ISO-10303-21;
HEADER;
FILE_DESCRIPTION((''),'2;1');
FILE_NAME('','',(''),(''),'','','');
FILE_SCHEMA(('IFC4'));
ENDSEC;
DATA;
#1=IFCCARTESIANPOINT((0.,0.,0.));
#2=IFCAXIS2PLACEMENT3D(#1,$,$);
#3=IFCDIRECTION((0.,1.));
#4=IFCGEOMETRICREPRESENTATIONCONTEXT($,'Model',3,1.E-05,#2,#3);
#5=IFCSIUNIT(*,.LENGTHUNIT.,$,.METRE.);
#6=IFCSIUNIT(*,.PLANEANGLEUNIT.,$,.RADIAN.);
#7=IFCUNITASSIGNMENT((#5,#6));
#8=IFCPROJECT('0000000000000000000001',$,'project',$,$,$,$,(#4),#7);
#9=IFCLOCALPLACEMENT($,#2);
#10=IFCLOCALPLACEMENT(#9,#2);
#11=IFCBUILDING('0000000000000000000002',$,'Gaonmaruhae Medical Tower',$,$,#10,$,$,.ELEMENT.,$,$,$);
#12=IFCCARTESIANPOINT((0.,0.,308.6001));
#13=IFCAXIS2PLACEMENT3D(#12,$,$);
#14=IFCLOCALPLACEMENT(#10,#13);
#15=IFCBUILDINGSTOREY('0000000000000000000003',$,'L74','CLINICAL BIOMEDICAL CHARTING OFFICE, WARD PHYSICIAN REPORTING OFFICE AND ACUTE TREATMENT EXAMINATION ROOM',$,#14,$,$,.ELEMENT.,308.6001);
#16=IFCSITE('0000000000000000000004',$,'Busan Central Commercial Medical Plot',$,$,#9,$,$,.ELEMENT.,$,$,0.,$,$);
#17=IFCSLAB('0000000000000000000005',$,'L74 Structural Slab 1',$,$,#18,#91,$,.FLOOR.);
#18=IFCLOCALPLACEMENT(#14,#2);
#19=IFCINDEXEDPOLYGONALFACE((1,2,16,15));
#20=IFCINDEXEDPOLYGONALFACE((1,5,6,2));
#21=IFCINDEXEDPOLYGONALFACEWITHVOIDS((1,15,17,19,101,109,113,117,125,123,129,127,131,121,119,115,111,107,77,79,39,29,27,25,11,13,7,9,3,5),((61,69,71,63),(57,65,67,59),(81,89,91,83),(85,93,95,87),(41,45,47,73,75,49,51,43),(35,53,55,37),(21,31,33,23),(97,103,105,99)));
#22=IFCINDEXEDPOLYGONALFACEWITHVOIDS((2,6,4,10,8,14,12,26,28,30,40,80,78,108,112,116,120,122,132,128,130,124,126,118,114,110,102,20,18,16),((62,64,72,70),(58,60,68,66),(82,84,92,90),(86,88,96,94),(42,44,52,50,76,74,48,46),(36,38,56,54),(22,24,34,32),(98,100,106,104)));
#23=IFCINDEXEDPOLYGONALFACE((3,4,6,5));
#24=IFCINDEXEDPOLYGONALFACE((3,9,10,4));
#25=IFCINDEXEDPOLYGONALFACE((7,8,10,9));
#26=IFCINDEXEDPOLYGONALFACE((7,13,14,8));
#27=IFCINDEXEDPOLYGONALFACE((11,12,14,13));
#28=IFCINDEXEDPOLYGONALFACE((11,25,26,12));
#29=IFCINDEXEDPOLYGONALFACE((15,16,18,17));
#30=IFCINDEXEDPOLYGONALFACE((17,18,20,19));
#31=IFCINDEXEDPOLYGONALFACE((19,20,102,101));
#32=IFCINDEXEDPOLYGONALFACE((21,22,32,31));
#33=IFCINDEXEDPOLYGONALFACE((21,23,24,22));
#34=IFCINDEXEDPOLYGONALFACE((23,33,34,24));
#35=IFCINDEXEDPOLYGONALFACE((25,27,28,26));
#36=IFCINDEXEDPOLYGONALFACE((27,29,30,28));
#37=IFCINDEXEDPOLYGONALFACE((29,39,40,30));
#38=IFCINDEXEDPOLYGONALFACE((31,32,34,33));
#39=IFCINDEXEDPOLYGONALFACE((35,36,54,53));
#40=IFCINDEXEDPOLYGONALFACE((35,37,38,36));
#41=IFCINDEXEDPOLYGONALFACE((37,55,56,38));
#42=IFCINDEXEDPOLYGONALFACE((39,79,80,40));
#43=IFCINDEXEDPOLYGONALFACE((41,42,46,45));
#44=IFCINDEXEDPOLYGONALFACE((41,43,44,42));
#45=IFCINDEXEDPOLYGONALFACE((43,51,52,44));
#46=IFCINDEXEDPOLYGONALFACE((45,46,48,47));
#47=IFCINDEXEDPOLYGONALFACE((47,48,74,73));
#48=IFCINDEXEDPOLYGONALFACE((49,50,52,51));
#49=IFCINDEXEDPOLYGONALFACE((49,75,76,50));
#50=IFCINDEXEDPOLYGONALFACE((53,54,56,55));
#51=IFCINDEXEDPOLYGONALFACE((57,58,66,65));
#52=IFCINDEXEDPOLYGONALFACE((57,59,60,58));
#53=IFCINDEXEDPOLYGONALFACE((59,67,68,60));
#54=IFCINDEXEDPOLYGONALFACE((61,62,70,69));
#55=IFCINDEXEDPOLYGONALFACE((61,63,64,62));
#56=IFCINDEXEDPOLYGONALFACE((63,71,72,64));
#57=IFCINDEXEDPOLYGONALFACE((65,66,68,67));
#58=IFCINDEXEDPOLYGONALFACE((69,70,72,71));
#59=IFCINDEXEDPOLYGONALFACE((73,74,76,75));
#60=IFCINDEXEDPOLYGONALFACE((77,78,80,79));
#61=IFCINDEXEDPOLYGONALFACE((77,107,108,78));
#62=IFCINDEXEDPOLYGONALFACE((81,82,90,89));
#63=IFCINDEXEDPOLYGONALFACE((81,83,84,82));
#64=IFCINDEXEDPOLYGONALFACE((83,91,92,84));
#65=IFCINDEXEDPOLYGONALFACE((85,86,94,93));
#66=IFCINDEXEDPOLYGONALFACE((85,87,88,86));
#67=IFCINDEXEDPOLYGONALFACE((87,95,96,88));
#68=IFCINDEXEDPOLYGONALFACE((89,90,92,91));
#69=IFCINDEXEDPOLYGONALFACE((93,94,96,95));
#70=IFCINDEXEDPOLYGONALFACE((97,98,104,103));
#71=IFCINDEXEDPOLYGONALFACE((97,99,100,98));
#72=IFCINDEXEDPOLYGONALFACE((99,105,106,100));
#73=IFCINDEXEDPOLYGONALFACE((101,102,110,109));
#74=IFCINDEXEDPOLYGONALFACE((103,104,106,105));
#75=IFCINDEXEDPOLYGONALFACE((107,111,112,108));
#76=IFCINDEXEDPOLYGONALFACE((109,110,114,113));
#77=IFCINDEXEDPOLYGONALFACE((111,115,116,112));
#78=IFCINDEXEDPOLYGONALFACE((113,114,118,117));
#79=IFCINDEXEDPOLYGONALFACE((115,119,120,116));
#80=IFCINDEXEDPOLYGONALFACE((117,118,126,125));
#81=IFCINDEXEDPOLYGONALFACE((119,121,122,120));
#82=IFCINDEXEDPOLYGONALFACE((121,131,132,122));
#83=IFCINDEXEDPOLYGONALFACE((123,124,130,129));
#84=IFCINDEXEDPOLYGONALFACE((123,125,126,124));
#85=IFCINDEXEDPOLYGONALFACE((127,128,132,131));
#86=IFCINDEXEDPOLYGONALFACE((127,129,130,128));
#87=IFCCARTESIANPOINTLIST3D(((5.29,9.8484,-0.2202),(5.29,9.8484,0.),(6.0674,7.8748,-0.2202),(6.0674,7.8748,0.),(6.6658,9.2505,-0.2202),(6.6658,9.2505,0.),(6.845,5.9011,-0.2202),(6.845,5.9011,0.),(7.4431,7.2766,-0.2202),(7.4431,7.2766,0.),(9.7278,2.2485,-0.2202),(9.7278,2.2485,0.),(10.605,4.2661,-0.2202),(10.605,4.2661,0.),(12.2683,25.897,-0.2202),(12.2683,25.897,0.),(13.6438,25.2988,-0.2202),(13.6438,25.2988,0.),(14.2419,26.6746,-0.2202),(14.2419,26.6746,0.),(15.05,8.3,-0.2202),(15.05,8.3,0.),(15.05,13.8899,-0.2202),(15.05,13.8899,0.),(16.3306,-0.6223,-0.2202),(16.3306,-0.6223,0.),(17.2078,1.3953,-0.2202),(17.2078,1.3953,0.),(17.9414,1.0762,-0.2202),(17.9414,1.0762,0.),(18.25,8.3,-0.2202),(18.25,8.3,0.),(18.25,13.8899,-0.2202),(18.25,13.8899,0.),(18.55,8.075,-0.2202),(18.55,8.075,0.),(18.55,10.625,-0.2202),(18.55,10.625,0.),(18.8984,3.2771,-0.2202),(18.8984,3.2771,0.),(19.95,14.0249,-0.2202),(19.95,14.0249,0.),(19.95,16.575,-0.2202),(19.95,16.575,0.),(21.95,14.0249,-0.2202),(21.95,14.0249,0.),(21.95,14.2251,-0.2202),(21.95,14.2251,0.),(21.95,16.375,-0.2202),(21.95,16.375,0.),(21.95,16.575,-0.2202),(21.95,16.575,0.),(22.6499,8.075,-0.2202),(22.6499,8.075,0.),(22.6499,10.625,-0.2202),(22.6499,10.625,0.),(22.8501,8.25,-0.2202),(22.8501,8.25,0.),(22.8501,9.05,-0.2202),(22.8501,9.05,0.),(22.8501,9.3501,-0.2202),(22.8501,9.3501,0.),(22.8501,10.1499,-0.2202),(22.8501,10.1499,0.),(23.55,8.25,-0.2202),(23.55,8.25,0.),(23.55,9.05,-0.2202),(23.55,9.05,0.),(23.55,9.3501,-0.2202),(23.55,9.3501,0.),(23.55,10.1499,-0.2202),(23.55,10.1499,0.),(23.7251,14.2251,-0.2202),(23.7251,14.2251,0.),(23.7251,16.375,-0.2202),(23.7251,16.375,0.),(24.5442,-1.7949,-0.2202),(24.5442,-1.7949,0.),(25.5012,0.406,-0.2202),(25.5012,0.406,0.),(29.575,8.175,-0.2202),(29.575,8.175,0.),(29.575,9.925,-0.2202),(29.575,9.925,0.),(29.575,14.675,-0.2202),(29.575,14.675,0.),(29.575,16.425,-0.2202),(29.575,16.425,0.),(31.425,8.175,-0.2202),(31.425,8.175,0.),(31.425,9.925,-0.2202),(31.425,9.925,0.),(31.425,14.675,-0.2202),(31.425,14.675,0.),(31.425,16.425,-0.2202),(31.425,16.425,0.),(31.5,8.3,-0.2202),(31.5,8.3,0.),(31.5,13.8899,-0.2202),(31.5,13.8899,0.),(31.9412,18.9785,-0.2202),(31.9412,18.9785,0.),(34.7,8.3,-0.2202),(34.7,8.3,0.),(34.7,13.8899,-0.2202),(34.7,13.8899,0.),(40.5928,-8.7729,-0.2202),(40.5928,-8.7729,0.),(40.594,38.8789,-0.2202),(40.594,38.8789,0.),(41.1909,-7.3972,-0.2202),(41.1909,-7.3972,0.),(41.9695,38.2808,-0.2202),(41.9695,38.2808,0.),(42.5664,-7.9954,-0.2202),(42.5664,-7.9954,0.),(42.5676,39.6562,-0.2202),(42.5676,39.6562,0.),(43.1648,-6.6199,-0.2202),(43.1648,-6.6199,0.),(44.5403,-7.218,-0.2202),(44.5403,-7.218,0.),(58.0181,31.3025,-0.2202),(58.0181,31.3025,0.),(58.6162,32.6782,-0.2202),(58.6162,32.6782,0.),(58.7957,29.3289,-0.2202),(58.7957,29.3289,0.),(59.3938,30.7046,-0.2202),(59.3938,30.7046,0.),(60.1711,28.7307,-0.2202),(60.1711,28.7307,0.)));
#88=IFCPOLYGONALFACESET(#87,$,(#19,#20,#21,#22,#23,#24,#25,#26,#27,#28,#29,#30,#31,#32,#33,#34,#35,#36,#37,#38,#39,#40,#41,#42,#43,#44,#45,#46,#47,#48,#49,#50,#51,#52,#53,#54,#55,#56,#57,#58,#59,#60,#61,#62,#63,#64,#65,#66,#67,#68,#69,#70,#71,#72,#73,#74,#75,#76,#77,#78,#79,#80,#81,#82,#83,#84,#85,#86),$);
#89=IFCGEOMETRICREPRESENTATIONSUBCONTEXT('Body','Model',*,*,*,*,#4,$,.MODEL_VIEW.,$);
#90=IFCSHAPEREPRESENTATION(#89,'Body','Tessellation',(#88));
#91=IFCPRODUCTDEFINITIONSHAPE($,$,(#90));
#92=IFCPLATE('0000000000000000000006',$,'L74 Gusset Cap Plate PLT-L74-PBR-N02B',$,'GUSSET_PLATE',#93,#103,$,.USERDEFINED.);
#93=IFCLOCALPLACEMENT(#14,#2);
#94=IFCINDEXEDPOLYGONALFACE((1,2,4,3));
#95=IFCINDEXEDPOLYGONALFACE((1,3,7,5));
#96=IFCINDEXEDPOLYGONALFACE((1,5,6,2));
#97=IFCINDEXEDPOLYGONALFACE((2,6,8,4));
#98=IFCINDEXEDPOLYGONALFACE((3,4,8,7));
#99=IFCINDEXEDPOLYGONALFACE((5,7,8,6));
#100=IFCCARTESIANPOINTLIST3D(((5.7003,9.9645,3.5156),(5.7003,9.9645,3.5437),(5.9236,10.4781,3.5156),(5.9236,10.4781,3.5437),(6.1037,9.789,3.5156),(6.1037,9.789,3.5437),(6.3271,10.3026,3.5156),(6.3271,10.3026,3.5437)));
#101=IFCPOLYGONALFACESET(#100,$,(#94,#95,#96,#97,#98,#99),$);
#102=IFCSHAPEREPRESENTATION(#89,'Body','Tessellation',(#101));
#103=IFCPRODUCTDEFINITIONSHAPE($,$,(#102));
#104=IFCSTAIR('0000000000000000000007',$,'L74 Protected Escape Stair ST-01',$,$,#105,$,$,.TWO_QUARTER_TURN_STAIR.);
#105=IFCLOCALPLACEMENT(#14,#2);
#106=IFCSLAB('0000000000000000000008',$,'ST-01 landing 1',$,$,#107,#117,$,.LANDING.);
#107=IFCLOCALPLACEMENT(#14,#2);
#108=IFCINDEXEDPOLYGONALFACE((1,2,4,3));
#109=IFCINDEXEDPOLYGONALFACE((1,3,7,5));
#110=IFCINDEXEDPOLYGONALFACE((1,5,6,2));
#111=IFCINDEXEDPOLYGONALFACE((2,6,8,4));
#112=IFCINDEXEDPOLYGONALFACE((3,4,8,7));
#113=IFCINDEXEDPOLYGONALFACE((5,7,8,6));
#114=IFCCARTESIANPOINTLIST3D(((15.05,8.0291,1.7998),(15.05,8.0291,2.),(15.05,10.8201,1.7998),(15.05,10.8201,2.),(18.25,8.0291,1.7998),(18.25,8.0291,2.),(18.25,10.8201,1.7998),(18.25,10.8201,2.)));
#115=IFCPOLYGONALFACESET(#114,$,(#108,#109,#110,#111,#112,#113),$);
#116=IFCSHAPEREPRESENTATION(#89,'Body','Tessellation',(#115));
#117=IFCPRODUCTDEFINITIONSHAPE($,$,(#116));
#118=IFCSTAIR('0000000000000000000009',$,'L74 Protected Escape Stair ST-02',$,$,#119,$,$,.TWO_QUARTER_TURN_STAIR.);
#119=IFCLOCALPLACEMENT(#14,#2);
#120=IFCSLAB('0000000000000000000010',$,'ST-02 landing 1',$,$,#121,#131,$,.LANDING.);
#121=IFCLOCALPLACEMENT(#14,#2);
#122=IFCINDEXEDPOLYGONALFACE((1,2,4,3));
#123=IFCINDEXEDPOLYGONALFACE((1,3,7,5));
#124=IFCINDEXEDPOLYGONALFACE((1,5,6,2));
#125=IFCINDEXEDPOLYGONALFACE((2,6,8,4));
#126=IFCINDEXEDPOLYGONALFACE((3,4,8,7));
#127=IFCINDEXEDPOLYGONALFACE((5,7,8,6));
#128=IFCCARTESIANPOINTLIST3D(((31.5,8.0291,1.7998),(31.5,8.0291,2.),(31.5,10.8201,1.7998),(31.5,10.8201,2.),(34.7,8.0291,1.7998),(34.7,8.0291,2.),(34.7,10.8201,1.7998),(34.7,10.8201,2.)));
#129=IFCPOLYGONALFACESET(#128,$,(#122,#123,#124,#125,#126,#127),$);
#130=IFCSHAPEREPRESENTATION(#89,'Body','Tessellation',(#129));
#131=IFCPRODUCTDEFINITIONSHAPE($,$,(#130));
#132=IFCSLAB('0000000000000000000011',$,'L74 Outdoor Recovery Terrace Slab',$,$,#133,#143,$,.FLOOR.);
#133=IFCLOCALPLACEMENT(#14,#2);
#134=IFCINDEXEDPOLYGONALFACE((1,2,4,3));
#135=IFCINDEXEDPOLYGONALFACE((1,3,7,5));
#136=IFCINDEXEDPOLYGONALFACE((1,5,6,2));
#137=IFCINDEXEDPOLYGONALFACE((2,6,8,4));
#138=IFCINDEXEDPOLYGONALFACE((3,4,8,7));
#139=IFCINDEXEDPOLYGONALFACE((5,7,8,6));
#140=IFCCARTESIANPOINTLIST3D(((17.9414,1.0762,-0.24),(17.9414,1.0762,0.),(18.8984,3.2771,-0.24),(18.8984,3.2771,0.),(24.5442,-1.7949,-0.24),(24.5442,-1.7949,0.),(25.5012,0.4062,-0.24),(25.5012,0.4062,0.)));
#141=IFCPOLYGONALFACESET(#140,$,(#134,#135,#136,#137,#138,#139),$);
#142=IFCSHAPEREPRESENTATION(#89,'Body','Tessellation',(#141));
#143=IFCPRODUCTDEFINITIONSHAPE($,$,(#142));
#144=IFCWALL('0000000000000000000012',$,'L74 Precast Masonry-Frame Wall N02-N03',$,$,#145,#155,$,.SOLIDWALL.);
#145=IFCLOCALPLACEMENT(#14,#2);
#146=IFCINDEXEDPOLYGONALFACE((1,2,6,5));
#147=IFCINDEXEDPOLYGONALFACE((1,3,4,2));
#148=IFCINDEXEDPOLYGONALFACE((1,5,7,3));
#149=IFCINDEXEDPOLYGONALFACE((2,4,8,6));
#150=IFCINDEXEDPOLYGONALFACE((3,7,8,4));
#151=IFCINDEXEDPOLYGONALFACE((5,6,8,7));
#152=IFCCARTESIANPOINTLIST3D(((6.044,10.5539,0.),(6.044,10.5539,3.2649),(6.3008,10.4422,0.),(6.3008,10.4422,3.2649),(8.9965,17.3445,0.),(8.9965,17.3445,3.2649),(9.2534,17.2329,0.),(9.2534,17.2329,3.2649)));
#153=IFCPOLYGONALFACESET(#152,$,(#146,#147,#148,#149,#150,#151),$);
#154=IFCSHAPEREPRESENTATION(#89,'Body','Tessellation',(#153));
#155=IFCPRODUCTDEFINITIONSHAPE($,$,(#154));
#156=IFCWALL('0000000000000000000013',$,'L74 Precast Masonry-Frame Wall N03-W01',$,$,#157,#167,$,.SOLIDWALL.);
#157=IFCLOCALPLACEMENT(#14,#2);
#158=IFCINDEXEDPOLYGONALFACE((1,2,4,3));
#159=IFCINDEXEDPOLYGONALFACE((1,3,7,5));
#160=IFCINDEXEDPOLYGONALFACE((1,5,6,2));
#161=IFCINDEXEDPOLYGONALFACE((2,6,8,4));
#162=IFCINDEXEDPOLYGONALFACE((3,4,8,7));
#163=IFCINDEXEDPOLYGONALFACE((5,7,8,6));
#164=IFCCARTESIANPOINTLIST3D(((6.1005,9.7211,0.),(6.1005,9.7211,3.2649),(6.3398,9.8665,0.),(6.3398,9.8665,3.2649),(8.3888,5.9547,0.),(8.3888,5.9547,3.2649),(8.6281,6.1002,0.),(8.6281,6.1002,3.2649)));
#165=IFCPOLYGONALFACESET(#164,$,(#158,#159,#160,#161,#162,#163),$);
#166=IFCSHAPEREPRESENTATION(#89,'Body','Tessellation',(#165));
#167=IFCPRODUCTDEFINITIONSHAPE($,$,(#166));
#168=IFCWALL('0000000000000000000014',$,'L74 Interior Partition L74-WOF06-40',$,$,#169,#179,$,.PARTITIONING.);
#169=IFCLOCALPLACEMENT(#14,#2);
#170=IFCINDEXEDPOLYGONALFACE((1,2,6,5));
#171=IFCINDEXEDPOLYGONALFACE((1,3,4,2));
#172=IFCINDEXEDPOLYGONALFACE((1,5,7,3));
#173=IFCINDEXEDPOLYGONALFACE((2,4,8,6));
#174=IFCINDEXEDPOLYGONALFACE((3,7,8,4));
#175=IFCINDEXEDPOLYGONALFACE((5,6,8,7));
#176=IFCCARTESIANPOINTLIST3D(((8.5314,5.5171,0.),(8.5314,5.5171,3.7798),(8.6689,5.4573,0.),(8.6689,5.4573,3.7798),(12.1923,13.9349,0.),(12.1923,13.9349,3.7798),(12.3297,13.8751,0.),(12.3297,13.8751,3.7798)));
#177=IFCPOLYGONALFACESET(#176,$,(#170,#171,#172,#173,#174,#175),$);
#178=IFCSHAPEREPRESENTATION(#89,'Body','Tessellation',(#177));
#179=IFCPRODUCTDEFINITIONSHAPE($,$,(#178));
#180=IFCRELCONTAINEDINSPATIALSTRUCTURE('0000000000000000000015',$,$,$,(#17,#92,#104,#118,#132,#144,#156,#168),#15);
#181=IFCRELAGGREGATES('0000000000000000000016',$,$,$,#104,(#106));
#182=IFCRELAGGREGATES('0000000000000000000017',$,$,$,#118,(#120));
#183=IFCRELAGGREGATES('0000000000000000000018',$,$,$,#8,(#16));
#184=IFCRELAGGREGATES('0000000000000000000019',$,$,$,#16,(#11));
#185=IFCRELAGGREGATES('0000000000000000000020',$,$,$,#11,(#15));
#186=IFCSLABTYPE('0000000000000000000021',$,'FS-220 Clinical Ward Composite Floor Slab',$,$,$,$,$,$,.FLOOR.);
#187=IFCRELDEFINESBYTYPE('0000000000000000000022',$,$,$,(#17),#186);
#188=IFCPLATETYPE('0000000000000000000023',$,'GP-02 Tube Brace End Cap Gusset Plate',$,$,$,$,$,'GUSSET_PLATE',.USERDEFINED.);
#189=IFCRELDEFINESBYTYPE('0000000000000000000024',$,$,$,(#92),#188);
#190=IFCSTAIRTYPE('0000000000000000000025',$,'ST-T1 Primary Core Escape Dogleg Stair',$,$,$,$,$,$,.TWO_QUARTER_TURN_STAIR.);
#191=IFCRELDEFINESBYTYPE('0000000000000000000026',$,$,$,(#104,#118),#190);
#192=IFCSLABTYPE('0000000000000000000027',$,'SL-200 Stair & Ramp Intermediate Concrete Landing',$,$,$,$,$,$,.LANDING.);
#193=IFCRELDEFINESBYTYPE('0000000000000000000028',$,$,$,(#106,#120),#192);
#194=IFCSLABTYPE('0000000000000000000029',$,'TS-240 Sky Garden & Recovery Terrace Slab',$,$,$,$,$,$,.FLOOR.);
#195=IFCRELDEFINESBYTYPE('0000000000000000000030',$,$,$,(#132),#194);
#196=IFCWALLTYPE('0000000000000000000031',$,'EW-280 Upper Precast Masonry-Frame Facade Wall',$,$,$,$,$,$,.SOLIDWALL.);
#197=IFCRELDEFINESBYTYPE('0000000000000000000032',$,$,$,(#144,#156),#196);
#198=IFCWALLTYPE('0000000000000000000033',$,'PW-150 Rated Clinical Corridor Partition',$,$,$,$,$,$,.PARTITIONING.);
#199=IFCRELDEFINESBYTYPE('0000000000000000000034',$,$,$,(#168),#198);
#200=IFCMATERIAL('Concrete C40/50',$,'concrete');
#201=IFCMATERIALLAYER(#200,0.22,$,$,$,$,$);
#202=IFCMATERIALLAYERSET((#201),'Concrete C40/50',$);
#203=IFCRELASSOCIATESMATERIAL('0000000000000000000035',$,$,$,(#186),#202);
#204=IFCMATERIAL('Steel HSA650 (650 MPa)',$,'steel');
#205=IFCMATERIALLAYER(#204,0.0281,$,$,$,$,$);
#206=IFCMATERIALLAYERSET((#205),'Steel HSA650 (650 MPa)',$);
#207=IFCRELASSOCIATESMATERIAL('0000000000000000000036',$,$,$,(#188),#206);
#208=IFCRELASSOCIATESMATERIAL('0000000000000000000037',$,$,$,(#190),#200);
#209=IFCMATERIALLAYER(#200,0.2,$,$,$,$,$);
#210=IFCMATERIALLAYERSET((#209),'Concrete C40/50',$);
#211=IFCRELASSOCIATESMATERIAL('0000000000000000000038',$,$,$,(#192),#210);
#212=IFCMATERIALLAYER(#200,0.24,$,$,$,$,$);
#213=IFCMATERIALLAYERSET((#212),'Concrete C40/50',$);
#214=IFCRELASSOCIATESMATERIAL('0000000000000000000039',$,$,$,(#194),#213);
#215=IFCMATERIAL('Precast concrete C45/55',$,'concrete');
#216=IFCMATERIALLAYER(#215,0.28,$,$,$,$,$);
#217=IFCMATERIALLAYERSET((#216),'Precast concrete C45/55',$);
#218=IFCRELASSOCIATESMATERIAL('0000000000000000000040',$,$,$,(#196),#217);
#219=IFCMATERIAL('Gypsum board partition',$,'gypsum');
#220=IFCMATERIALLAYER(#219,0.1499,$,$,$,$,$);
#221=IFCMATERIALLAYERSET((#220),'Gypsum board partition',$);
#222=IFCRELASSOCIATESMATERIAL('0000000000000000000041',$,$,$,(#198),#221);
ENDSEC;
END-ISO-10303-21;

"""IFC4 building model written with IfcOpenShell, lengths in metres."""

from ifc_helpers import new_model, si_unit, direction, frame, frame_2d, origin, origin_2d, place, context, subcontext, project, spatial, polyline, rectangle, outline, extrude, material, layer, layer_set, type_object, element, aggregate, save


model = new_model("IFC4")

# Units and contexts
model_context = context("Model", 3, precision=1e-05, world=origin(), true_north=direction((0.0, 1.0)))
body_context = subcontext(model_context, "Body", "Model", "MODEL_VIEW")
ifc_project = project(units=[si_unit("LENGTHUNIT", "METRE"), si_unit("PLANEANGLEUNIT", "RADIAN")], contexts=[model_context])

# Site, building, storey
site_placement = place(None, origin())
site = spatial("IfcSite", under=ifc_project, at=site_placement, Name="Busan Central Commercial Medical Plot", CompositionType="ELEMENT", RefElevation=0.0)
building_placement = place(site_placement, origin())
building = spatial("IfcBuilding", under=site, at=building_placement, Name="Gaonmaruhae Medical Tower", CompositionType="ELEMENT")
storey_placement = place(building_placement, frame((0.0, 0.0, 308.6001)))
storey = spatial("IfcBuildingStorey", under=building, at=storey_placement, Name="L74", Description="CLINICAL BIOMEDICAL CHARTING OFFICE, WARD PHYSICIAN REPORTING OFFICE AND ACUTE TREATMENT EXAMINATION ROOM", CompositionType="ELEMENT", Elevation=308.6001)

# Slab
ifc_material_1 = material(Name="Concrete C40/50", Category="concrete")
ifc_layer_1 = layer(ifc_material_1, 0.22)
ifc_layer_set_1 = layer_set([ifc_layer_1], Name="Concrete C40/50")
slab_type_1 = type_object("IfcSlabType", Name="FS-220 Clinical Ward Composite Floor Slab", PredefinedType="FLOOR", material=ifc_layer_set_1)
slab_1_placement = place(storey_placement, frame((0.0, 0.0, -0.2202)))
element("IfcSlab", 1, at=slab_1_placement, inside=storey, type_object=slab_type_1, Name="L74 Structural Slab 1", PredefinedType="FLOOR", context=body_context, shape_type="SweptSolid", body=[
    extrude(outline(polyline([(7.4431, 7.2766), (6.0674, 7.8748), (6.6658, 9.2505), (5.29, 9.8484), (12.2683, 25.897), (13.6438, 25.2988), (14.2419, 26.6746), (31.9412, 18.9785), (40.594, 38.8789), (41.9695, 38.2808), (42.5676, 39.6562), (58.6162, 32.6782), (58.0181, 31.3025), (59.3938, 30.7046), (58.7957, 29.3289), (60.1711, 28.7307), (44.5403, -7.218), (43.1648, -6.6199), (42.5664, -7.9954), (41.1909, -7.3972), (40.5928, -8.7729), (24.5442, -1.7949), (25.5012, 0.406), (18.8984, 3.2771), (17.9414, 1.0762), (17.2078, 1.3953), (16.3306, -0.6223), (9.7278, 2.2485), (10.605, 4.2661), (6.845, 5.9011), (7.4431, 7.2766)]), holes=[polyline([(23.55, 8.25), (22.8501, 8.25), (22.8501, 9.05), (23.55, 9.05), (23.55, 8.25)]), polyline([(29.575, 9.925), (31.425, 9.925), (31.425, 8.175), (29.575, 8.175), (29.575, 9.925)]), polyline([(18.55, 10.625), (22.6499, 10.625), (22.6499, 8.075), (18.55, 8.075), (18.55, 10.625)]), polyline([(23.55, 9.3501), (22.8501, 9.3501), (22.8501, 10.1499), (23.55, 10.1499), (23.55, 9.3501)]), polyline([(15.05, 13.8899), (18.25, 13.8899), (18.25, 8.3), (15.05, 8.3), (15.05, 13.8899)]), polyline([(31.5, 13.8899), (34.7, 13.8899), (34.7, 8.3), (31.5, 8.3), (31.5, 13.8899)]), polyline([(23.7251, 14.2251), (21.95, 14.2251), (21.95, 14.0249), (19.95, 14.0249), (19.95, 16.575), (21.95, 16.575), (21.95, 16.375), (23.7251, 16.375), (23.7251, 14.2251)]), polyline([(31.425, 16.425), (31.425, 14.675), (29.575, 14.675), (29.575, 16.425), (31.425, 16.425)])]), origin(), (0.0, 0.0, 1.0), 0.2202),
])

# Plate
ifc_material_2 = material(Name="Steel HSA650 (650 MPa)", Category="steel")
ifc_layer_2 = layer(ifc_material_2, 0.0281)
ifc_layer_set_2 = layer_set([ifc_layer_2], Name="Steel HSA650 (650 MPa)")
plate_type = type_object("IfcPlateType", Name="GP-02 Tube Brace End Cap Gusset Plate", ElementType="GUSSET_PLATE", PredefinedType="USERDEFINED", material=ifc_layer_set_2)
plate_placement = place(storey_placement, frame((6.0137, 10.1335, 3.5156), z_axis=(0.0, 0.0, 1.0), x_axis=(0.398749, 0.91706, 0.0)))
element("IfcPlate", 2, at=plate_placement, inside=storey, type_object=plate_type, Name="L74 Gusset Cap Plate PLT-L74-PBR-N02B", ObjectType="GUSSET_PLATE", PredefinedType="USERDEFINED", context=body_context, shape_type="SweptSolid", body=[
    extrude(rectangle(XDim=0.5601, YDim=0.4399, at=origin_2d()), origin(), (0.0, 0.0, 1.0), 0.0281),
])

# Stairs, slabs
stair_type = type_object("IfcStairType", Name="ST-T1 Primary Core Escape Dogleg Stair", PredefinedType="TWO_QUARTER_TURN_STAIR", material=ifc_material_1)
stair_1_placement = place(storey_placement, origin())
stair_1 = element("IfcStair", 3, at=stair_1_placement, inside=storey, type_object=stair_type, Name="L74 Protected Escape Stair ST-01", PredefinedType="TWO_QUARTER_TURN_STAIR")
ifc_layer_3 = layer(ifc_material_1, 0.2)
ifc_layer_set_3 = layer_set([ifc_layer_3], Name="Concrete C40/50")
slab_type_2 = type_object("IfcSlabType", Name="SL-200 Stair & Ramp Intermediate Concrete Landing", PredefinedType="LANDING", material=ifc_layer_set_3)
slab_2_placement = place(storey_placement, frame((0.0, 0.0, 1.7998)))
slab_2 = element("IfcSlab", 4, at=slab_2_placement, type_object=slab_type_2, Name="ST-01 landing 1", PredefinedType="LANDING", context=body_context, shape_type="SweptSolid", body=[
    extrude(outline(polyline([(15.05, 10.8201), (15.05, 8.0291), (18.25, 8.0291), (18.25, 10.8201), (15.05, 10.8201)])), origin(), (0.0, 0.0, 1.0), 0.2002),
])
aggregate(stair_1, [slab_2])
stair_2_placement = place(storey_placement, origin())
stair_2 = element("IfcStair", 5, at=stair_2_placement, inside=storey, type_object=stair_type, Name="L74 Protected Escape Stair ST-02", PredefinedType="TWO_QUARTER_TURN_STAIR")
slab_3_placement = place(storey_placement, frame((0.0, 0.0, 1.7998)))
slab_3 = element("IfcSlab", 6, at=slab_3_placement, type_object=slab_type_2, Name="ST-02 landing 1", PredefinedType="LANDING", context=body_context, shape_type="SweptSolid", body=[
    extrude(outline(polyline([(31.5, 10.8201), (31.5, 8.0291), (34.7, 8.0291), (34.7, 10.8201), (31.5, 10.8201)])), origin(), (0.0, 0.0, 1.0), 0.2002),
])
aggregate(stair_2, [slab_3])

# Slab
ifc_layer_4 = layer(ifc_material_1, 0.24)
ifc_layer_set_4 = layer_set([ifc_layer_4], Name="Concrete C40/50")
slab_type_3 = type_object("IfcSlabType", Name="TS-240 Sky Garden & Recovery Terrace Slab", PredefinedType="FLOOR", material=ifc_layer_set_4)
slab_4_placement = place(storey_placement, frame((0.0, 0.0, -0.24)))
element("IfcSlab", 7, at=slab_4_placement, inside=storey, type_object=slab_type_3, Name="L74 Outdoor Recovery Terrace Slab", PredefinedType="FLOOR", context=body_context, shape_type="SweptSolid", body=[
    extrude(outline(polyline([(24.5442, -1.7949), (25.5012, 0.4062), (18.8984, 3.2771), (17.9414, 1.0762), (24.5442, -1.7949)])), origin(), (0.0, 0.0, 1.0), 0.24),
])

# Walls
ifc_material_3 = material(Name="Precast concrete C45/55", Category="concrete")
ifc_layer_5 = layer(ifc_material_3, 0.28)
ifc_layer_set_5 = layer_set([ifc_layer_5], Name="Precast concrete C45/55")
wall_type_1 = type_object("IfcWallType", Name="EW-280 Upper Precast Masonry-Frame Facade Wall", PredefinedType="SOLIDWALL", material=ifc_layer_set_5)
wall_1_placement = place(storey_placement, frame((6.1724, 10.498, 0.0), z_axis=(0.0, 0.0, 1.0), x_axis=(0.398741, 0.917064, 0.0)))
element("IfcWall", 8, at=wall_1_placement, inside=storey, type_object=wall_type_1, Name="L74 Precast Masonry-Frame Wall N02-N03", PredefinedType="SOLIDWALL", context=body_context, shape_type="SweptSolid", body=[
    extrude(rectangle(XDim=7.4048, YDim=0.28, at=frame_2d((3.7024, 0.0))), origin(), (0.0, 0.0, 1.0), 3.2649),
])
wall_2_placement = place(storey_placement, frame((8.5085, 6.0273, 0.0), z_axis=(0.0, 0.0, 1.0), x_axis=(-0.519246, 0.854625, 0.0)))
element("IfcWall", 9, at=wall_2_placement, inside=storey, type_object=wall_type_1, Name="L74 Precast Masonry-Frame Wall N03-W01", PredefinedType="SOLIDWALL", context=body_context, shape_type="SweptSolid", body=[
    extrude(rectangle(XDim=4.407, YDim=0.28, at=frame_2d((2.2036, 0.0))), origin(), (0.0, 0.0, 1.0), 3.2649),
])
ifc_material_4 = material(Name="Gypsum board partition", Category="gypsum")
ifc_layer_6 = layer(ifc_material_4, 0.1499)
ifc_layer_set_6 = layer_set([ifc_layer_6], Name="Gypsum board partition")
wall_type_2 = type_object("IfcWallType", Name="PW-150 Rated Clinical Corridor Partition", PredefinedType="PARTITIONING", material=ifc_layer_set_6)
wall_3_placement = place(storey_placement, frame((8.6001, 5.4871, 0.0), z_axis=(0.0, 0.0, 1.0), x_axis=(0.398809, 0.917034, 0.0)))
element("IfcWall", 10, at=wall_3_placement, inside=storey, type_object=wall_type_2, Name="L74 Interior Partition L74-WOF06-40", PredefinedType="PARTITIONING", context=body_context, shape_type="SweptSolid", body=[
    extrude(rectangle(XDim=9.1794, YDim=0.1499, at=frame_2d((4.5898, 0.0))), origin(), (0.0, 0.0, 1.0), 3.7798),
])

save(model, "model.ifc")
